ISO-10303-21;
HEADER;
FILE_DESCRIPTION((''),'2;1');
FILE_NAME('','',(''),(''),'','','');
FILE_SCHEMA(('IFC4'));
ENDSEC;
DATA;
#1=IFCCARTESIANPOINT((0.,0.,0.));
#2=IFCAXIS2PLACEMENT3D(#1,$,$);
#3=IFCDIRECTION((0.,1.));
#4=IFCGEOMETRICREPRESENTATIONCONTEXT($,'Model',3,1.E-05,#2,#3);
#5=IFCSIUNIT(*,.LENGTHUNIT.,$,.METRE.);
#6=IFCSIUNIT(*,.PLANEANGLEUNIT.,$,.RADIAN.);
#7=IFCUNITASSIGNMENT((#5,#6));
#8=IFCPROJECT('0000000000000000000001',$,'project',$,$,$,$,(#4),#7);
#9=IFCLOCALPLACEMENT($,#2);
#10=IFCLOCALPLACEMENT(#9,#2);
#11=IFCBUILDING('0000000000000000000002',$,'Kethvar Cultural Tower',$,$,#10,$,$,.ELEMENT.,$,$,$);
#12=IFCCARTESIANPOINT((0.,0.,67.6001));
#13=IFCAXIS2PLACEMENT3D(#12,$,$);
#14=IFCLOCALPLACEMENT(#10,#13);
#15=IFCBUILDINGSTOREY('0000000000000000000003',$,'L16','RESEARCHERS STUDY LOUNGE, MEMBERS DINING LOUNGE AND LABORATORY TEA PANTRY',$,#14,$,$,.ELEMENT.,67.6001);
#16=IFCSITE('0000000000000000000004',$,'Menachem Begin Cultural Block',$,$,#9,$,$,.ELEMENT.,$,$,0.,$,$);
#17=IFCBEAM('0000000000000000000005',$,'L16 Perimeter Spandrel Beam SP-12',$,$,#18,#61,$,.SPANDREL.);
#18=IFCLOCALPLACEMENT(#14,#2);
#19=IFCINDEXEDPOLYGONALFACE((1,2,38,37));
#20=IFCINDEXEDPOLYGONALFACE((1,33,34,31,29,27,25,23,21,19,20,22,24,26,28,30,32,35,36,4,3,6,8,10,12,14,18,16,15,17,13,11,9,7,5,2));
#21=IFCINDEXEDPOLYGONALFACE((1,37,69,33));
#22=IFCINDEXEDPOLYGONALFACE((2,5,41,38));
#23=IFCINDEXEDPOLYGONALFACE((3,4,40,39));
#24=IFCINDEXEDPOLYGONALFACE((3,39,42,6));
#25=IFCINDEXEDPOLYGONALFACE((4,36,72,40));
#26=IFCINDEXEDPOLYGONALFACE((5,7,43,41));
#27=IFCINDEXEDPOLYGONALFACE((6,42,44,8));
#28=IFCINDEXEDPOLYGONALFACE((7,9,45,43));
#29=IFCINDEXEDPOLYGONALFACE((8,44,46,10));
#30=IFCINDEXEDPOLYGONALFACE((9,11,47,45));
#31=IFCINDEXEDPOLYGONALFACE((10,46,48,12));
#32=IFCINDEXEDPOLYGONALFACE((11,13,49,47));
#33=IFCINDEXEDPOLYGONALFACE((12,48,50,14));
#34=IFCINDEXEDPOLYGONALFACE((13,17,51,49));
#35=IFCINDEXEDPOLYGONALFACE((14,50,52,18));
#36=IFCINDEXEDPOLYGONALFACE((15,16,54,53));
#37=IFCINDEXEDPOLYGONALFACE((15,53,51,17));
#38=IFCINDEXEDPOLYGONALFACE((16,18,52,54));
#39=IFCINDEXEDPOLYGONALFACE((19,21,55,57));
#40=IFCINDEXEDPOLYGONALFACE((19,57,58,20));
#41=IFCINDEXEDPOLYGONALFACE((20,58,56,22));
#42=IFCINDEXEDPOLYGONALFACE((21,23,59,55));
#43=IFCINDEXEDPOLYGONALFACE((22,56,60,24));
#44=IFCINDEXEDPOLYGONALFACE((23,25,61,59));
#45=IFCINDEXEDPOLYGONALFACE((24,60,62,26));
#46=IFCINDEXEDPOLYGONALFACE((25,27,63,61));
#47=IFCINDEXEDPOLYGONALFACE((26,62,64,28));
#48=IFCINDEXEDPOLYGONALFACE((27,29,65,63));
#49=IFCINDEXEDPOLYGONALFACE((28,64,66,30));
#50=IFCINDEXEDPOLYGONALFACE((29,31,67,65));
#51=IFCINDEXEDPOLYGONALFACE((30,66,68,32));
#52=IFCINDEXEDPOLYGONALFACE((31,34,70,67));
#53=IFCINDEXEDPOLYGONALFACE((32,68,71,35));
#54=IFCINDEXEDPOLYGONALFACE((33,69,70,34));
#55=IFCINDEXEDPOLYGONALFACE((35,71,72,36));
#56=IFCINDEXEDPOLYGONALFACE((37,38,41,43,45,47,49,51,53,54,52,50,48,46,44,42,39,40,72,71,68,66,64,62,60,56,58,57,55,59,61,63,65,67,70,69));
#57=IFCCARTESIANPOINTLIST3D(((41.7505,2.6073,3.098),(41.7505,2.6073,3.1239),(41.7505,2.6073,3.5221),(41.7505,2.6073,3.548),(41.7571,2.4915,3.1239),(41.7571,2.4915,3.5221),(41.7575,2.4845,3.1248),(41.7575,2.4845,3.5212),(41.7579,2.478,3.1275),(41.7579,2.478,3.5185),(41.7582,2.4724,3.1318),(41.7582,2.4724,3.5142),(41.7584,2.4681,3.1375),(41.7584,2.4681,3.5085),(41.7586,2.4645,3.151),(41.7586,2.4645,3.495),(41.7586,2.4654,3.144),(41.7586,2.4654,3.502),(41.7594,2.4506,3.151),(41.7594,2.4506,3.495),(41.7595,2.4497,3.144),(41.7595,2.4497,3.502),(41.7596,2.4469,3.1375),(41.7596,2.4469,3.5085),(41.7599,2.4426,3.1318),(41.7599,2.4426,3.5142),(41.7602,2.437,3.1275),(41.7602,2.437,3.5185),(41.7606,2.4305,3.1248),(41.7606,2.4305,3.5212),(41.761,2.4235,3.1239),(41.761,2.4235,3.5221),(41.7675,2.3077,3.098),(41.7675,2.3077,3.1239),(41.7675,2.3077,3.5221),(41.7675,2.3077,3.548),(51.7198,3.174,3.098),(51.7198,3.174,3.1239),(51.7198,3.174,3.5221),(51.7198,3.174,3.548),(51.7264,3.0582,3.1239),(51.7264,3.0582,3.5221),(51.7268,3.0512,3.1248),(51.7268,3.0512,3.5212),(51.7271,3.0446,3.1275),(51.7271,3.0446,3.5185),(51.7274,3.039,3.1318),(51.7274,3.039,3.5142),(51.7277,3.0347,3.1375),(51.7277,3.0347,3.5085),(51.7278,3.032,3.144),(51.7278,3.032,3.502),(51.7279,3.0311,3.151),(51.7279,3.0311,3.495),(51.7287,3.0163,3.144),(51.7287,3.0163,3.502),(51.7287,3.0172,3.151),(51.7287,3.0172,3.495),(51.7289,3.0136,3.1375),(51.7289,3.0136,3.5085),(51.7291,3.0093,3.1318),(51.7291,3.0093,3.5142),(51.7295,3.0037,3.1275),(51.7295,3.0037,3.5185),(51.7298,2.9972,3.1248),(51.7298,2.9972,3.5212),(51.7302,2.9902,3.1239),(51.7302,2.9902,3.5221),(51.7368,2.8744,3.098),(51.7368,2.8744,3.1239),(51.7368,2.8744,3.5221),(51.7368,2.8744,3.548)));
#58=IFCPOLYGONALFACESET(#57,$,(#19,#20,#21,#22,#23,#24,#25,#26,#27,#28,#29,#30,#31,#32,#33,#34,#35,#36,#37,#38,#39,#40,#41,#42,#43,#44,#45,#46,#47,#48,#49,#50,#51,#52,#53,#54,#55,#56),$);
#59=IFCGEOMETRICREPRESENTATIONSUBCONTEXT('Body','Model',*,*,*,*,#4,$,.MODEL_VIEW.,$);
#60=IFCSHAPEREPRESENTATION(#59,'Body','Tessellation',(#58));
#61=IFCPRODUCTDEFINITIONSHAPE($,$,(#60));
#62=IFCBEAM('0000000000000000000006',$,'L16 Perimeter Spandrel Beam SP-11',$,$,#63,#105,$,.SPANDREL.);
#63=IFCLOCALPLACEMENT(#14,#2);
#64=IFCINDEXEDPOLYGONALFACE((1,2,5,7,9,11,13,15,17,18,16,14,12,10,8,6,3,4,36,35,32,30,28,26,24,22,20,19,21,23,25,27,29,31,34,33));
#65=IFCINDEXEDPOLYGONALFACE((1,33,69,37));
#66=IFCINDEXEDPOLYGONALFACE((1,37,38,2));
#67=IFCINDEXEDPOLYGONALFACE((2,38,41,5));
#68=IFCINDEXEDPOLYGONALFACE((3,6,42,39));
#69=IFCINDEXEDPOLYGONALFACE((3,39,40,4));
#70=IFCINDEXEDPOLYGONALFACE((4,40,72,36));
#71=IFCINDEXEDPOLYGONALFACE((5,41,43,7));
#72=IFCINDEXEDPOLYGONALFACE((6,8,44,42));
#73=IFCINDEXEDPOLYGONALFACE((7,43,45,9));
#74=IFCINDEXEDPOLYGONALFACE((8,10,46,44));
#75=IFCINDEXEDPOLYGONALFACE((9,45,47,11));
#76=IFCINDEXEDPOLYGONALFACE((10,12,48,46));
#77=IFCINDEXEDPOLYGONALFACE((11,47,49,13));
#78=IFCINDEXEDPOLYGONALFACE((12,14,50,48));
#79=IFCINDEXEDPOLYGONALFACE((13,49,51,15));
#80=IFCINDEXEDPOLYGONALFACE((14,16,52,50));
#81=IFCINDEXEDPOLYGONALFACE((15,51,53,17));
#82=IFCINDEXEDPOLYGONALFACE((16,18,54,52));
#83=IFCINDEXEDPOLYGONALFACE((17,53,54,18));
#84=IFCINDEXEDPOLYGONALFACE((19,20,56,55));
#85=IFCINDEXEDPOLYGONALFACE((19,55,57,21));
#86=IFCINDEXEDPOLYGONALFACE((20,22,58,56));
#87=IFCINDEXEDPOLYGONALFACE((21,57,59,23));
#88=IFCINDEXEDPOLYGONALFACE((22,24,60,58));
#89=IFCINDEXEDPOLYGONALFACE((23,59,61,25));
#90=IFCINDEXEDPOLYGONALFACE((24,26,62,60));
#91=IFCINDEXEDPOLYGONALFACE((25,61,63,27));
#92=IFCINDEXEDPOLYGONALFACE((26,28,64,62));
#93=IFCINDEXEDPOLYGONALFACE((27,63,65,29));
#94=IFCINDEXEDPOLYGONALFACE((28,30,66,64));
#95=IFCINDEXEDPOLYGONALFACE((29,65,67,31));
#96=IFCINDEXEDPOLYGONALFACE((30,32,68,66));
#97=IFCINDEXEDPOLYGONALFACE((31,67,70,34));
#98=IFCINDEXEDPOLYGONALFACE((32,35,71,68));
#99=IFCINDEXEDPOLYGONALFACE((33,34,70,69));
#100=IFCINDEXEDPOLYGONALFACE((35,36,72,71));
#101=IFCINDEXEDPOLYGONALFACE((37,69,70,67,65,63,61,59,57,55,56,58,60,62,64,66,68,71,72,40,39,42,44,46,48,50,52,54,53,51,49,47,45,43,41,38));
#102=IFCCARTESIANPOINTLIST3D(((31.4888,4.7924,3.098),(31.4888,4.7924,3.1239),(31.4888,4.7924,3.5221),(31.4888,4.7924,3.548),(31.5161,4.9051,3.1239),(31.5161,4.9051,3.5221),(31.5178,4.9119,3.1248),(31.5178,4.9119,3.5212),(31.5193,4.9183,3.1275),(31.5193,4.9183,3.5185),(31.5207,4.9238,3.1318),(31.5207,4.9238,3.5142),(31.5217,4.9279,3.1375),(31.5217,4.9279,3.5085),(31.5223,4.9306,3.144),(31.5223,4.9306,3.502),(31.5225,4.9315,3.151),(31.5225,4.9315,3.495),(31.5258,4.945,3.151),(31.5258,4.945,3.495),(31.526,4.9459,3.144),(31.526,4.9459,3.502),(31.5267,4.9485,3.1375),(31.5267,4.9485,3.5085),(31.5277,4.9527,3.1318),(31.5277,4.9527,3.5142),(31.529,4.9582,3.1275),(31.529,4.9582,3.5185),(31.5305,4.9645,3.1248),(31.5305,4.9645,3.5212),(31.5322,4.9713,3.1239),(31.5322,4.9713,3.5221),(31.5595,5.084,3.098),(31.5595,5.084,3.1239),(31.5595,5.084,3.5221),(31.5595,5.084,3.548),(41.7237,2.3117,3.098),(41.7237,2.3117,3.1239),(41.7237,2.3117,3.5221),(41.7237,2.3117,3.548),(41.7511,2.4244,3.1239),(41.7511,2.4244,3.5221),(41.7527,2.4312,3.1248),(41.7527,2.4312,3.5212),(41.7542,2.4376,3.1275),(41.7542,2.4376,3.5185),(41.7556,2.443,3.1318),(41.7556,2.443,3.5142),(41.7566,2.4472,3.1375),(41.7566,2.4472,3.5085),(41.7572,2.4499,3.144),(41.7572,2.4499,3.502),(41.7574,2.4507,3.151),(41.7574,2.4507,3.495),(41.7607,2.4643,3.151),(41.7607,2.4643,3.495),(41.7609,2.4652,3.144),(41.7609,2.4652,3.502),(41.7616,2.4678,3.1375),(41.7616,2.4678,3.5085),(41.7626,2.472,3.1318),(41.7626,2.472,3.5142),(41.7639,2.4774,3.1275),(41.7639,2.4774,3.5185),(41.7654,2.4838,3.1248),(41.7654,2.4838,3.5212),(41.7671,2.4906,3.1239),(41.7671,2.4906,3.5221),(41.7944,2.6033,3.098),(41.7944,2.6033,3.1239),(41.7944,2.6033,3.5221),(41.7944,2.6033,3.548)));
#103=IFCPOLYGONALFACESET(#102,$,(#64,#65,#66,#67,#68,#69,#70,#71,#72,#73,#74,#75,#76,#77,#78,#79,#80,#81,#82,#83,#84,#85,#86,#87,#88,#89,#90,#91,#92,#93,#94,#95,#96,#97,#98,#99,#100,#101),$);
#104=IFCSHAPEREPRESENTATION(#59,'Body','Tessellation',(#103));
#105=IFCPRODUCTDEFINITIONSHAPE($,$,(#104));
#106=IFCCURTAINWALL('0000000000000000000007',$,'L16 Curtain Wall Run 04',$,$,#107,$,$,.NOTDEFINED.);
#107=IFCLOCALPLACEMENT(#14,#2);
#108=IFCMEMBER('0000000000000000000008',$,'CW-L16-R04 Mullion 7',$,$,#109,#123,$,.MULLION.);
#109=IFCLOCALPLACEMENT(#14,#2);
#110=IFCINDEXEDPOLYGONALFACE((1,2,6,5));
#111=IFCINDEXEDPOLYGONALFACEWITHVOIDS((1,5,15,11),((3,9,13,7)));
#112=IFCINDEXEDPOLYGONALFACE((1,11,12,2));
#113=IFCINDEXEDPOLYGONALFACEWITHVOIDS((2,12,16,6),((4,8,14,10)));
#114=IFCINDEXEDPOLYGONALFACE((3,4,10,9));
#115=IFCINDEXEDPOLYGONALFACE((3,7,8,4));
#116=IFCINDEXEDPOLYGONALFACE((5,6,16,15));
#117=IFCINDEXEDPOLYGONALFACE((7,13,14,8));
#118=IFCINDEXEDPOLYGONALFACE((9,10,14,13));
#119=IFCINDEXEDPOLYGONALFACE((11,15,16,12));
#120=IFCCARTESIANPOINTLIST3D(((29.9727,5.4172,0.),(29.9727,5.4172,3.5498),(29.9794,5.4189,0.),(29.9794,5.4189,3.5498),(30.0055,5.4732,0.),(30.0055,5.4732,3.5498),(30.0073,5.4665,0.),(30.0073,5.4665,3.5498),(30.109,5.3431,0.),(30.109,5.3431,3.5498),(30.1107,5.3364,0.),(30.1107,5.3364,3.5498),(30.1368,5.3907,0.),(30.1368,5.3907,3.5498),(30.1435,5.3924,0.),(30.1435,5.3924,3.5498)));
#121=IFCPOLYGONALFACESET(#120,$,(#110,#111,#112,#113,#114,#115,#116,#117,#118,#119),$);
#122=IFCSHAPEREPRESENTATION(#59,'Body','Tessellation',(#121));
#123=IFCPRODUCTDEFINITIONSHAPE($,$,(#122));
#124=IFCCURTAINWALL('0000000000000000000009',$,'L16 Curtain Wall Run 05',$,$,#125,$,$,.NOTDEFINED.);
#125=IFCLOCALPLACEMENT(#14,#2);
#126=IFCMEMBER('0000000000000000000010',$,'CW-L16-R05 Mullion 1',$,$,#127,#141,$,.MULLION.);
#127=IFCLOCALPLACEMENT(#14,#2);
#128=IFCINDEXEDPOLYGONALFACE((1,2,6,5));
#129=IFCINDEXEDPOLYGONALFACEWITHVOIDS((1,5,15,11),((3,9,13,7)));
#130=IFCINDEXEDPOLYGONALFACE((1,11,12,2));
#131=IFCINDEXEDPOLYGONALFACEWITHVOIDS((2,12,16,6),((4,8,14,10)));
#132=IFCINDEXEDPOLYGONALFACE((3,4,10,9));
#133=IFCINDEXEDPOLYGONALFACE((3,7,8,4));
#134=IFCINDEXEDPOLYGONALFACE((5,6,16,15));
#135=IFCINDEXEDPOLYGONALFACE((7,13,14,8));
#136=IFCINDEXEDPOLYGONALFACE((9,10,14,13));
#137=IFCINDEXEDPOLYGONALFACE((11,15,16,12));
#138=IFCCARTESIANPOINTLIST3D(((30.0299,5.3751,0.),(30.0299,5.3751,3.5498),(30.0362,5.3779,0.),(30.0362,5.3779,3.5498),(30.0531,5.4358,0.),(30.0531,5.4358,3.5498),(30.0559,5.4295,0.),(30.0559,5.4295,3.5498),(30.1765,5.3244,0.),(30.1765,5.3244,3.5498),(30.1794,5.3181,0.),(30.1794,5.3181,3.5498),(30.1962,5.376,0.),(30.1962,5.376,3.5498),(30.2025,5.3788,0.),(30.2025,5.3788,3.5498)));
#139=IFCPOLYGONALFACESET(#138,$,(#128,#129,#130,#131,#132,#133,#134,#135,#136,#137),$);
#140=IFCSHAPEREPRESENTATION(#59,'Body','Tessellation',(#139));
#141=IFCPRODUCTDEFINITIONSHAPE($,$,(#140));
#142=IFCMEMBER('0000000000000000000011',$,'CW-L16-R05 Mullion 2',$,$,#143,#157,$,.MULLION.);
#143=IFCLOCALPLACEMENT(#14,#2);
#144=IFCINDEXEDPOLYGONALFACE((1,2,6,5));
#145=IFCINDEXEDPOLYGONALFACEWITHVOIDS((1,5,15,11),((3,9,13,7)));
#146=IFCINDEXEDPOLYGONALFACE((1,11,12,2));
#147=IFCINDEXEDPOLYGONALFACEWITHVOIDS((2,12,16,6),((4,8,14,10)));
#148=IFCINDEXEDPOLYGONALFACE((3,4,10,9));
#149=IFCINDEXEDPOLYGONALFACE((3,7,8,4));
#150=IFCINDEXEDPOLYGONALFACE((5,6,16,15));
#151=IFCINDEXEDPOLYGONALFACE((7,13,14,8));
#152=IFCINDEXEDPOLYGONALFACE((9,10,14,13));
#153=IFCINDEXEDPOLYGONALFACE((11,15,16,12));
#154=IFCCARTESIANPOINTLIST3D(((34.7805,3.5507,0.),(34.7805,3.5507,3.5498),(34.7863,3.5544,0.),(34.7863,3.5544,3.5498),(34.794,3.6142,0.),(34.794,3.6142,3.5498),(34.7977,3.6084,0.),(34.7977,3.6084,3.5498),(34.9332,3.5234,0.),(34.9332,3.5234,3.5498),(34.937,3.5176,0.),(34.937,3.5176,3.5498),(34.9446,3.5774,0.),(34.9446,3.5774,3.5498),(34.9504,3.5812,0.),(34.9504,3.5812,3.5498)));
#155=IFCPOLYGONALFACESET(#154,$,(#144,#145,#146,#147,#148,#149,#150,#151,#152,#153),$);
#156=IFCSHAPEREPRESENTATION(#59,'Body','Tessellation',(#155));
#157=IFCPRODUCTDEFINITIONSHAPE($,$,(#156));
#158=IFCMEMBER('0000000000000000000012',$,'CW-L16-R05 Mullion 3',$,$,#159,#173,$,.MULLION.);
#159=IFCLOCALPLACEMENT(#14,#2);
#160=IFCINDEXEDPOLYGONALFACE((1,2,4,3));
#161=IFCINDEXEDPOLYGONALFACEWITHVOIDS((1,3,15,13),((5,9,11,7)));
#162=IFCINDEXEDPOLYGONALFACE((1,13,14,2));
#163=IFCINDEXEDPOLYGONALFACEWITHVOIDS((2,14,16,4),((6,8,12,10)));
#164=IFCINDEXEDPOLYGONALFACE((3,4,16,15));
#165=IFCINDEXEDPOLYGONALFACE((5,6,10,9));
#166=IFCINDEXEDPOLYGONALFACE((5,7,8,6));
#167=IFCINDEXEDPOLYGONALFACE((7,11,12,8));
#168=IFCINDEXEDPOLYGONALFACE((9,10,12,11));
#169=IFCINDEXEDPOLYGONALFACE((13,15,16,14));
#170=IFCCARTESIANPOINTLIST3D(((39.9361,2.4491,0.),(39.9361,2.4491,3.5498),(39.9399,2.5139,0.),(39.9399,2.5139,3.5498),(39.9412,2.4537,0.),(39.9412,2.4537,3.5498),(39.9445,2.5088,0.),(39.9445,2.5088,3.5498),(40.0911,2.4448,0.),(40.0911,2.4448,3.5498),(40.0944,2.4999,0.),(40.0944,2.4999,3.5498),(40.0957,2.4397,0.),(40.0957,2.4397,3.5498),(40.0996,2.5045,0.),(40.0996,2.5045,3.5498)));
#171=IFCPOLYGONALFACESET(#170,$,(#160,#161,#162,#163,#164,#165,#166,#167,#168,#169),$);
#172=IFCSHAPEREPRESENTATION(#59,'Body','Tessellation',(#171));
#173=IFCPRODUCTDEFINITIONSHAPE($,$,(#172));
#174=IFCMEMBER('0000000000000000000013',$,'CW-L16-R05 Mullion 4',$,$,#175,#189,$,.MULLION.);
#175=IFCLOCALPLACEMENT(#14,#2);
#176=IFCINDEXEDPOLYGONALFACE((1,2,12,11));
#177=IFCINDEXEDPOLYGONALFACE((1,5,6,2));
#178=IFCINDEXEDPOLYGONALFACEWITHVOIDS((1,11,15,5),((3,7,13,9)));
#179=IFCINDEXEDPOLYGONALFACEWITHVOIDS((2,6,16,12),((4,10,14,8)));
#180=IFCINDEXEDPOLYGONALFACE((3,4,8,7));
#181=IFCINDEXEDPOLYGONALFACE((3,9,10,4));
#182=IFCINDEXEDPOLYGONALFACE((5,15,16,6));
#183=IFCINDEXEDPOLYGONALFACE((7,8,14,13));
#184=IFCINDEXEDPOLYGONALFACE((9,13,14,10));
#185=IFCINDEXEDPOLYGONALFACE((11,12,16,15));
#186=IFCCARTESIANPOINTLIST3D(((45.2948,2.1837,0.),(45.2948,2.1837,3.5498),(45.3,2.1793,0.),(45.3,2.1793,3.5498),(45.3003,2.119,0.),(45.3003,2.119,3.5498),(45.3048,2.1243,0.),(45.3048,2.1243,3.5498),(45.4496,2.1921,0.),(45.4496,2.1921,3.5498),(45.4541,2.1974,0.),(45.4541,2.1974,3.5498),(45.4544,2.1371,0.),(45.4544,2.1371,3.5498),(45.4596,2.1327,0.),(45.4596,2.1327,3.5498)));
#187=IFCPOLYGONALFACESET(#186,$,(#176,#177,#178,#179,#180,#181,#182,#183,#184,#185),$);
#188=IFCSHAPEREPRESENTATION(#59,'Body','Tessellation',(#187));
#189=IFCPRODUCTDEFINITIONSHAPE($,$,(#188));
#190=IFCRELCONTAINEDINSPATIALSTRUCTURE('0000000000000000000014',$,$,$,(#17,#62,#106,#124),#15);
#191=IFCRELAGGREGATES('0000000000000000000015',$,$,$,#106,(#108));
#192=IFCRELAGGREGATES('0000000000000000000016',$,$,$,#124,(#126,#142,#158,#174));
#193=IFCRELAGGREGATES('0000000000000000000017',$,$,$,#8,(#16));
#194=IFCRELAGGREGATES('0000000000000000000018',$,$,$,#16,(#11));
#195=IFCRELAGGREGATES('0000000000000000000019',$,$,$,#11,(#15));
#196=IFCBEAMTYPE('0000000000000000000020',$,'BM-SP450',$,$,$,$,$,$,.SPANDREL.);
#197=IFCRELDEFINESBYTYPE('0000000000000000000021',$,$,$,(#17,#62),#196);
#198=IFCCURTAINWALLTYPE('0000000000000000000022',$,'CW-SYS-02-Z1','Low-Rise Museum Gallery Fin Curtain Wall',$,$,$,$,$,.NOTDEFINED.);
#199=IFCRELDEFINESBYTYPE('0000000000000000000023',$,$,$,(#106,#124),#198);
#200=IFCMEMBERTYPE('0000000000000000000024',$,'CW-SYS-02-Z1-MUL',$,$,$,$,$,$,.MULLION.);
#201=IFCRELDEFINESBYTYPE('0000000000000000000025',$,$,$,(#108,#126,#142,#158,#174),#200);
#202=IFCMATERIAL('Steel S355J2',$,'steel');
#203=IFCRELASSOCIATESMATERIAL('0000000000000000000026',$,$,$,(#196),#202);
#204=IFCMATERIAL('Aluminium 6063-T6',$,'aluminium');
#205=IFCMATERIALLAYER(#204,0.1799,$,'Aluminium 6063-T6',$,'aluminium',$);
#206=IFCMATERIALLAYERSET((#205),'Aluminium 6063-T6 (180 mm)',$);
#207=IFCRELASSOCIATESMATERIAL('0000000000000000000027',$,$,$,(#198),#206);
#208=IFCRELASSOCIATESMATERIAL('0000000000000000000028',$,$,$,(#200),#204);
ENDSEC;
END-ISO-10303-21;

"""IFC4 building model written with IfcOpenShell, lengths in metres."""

from ifc_helpers import new_model, si_unit, direction, frame, origin, origin_2d, place, context, subcontext, project, spatial, hollow_rectangle, i_section, extrude, source, transform, mapped, material, layer, layer_set, material_profile, profile_set, type_object, element, aggregate, save


model = new_model("IFC4")

# Units and contexts
model_context = context("Model", 3, precision=1e-05, world=origin(), true_north=direction((0.0, 1.0)))
body_context = subcontext(model_context, "Body", "Model", "MODEL_VIEW")
ifc_project = project(units=[si_unit("LENGTHUNIT", "METRE"), si_unit("PLANEANGLEUNIT", "RADIAN")], contexts=[model_context])

# Site, building, storey
site_placement = place(None, origin())
site = spatial("IfcSite", under=ifc_project, at=site_placement, Name="Menachem Begin Cultural Block", CompositionType="ELEMENT", RefElevation=0.0)
building_placement = place(site_placement, origin())
building = spatial("IfcBuilding", under=site, at=building_placement, Name="Kethvar Cultural Tower", CompositionType="ELEMENT")
storey_placement = place(building_placement, frame((0.0, 0.0, 67.6001)))
storey = spatial("IfcBuildingStorey", under=building, at=storey_placement, Name="L16", Description="RESEARCHERS STUDY LOUNGE, MEMBERS DINING LOUNGE AND LABORATORY TEA PANTRY", CompositionType="ELEMENT", Elevation=67.6001)

# Beams
ifc_material_1 = material(Name="Steel S355J2", Category="steel")
ifc_material_profile_1 = material_profile(ifc_material_1, i_section(OverallWidth=0.3, OverallDepth=0.45, WebThickness=0.0139, FlangeThickness=0.0259, FilletRadius=0.0271, at=origin_2d()), Name="Steel S355J2 — HEB450")
ifc_profile_set_1 = profile_set([ifc_material_profile_1], Name="Steel S355J2 — HEB450")
beam_type_1 = type_object("IfcBeamType", Name="BM-SP450", PredefinedType="SPANDREL", material=ifc_profile_set_1)
shared_shape_1 = source(origin(), body_context, "Body", "SweptSolid", [
    extrude(i_section(OverallWidth=0.3, OverallDepth=0.45, WebThickness=0.0139, FlangeThickness=0.0259, FilletRadius=0.0271, at=origin_2d()), origin(), (0.0, 0.0, 1.0), 9.9854),
])
beam_1_placement = place(storey_placement, frame((41.759, 2.4575, 3.323), z_axis=(0.998389, 0.056748, 0.0), x_axis=(-0.056748, 0.998389, 0.0)))
element("IfcBeam", 1, at=beam_1_placement, inside=storey, type_object=beam_type_1, Name="L16 Perimeter Spandrel Beam SP-12", PredefinedType="SPANDREL", context=body_context, shape_type="MappedRepresentation", body=[
    mapped(shared_shape_1, transform((0.0, 0.0, 0.0), scale=1.0)),
])
shared_shape_2 = source(origin(), body_context, "Body", "SweptSolid", [
    extrude(i_section(OverallWidth=0.3, OverallDepth=0.45, WebThickness=0.0139, FlangeThickness=0.0259, FilletRadius=0.0271, at=origin_2d()), origin(), (0.0, 0.0, 1.0), 10.5312),
])
beam_2_placement = place(storey_placement, frame((31.5242, 4.9382, 3.323), z_axis=(0.97186, -0.235558, 0.0), x_axis=(0.235558, 0.97186, 0.0)))
element("IfcBeam", 2, at=beam_2_placement, inside=storey, type_object=beam_type_1, Name="L16 Perimeter Spandrel Beam SP-11", PredefinedType="SPANDREL", context=body_context, shape_type="MappedRepresentation", body=[
    mapped(shared_shape_2, transform((0.0, 0.0, 0.0), scale=1.0)),
])

# Curtain wall, member
ifc_material_2 = material(Name="Aluminium 6063-T6", Category="aluminium")
ifc_layer_1 = layer(ifc_material_2, 0.1799, Name="Aluminium 6063-T6", Category="aluminium")
ifc_layer_set_1 = layer_set([ifc_layer_1], Name="Aluminium 6063-T6 (180 mm)")
curtain_wall_type = type_object("IfcCurtainWallType", Name="CW-SYS-02-Z1", Description="Low-Rise Museum Gallery Fin Curtain Wall", PredefinedType="NOTDEFINED", material=ifc_layer_set_1)
curtain_wall_1_placement = place(storey_placement, origin())
curtain_wall_1 = element("IfcCurtainWall", 3, at=curtain_wall_1_placement, inside=storey, type_object=curtain_wall_type, Name="L16 Curtain Wall Run 04", PredefinedType="NOTDEFINED")
ifc_material_profile_2 = material_profile(ifc_material_2, hollow_rectangle(XDim=0.0649, YDim=0.1599, WallThickness=0.0049, at=origin_2d()), Name="Aluminium 6063-T6 — RHS160x65x5")
ifc_profile_set_2 = profile_set([ifc_material_profile_2], Name="Aluminium 6063-T6 — RHS160x65x5")
member_type_1 = type_object("IfcMemberType", Name="CW-SYS-02-Z1-MUL", PredefinedType="MULLION", material=ifc_profile_set_2)
shared_shape_3 = source(origin(), body_context, "Body", "SweptSolid", [
    extrude(hollow_rectangle(XDim=0.0649, YDim=0.1599, WallThickness=0.0049, at=origin_2d()), origin(), (0.0, 0.0, 1.0), 3.5498),
])
member_1_placement = place(storey_placement, frame((30.0581, 5.4048, 0.0), z_axis=(0.0, 0.0, 1.0), x_axis=(0.505191, 0.863008, 0.0)))
member_1 = element("IfcMember", 4, at=member_1_placement, type_object=member_type_1, Name="CW-L16-R04 Mullion 7", PredefinedType="MULLION", context=body_context, shape_type="MappedRepresentation", body=[
    mapped(shared_shape_3, transform((0.0, 0.0, 0.0), scale=1.0)),
])
aggregate(curtain_wall_1, [member_1])

# Curtain wall, members
curtain_wall_2_placement = place(storey_placement, origin())
curtain_wall_2 = element("IfcCurtainWall", 5, at=curtain_wall_2_placement, inside=storey, type_object=curtain_wall_type, Name="L16 Curtain Wall Run 05", PredefinedType="NOTDEFINED")
member_2_placement = place(storey_placement, frame((30.1162, 5.377, 0.0), z_axis=(0.0, 0.0, 1.0), x_axis=(0.35602, 0.934478, 0.0)))
member_2 = element("IfcMember", 6, at=member_2_placement, type_object=member_type_1, Name="CW-L16-R05 Mullion 1", PredefinedType="MULLION", context=body_context, shape_type="MappedRepresentation", body=[
    mapped(shared_shape_3, transform((0.0, 0.0, 0.0), scale=1.0)),
])
member_3_placement = place(storey_placement, frame((34.8655, 3.5659, 0.0), z_axis=(0.0, 0.0, 1.0), x_axis=(0.206563, 0.978433, 0.0)))
member_3 = element("IfcMember", 7, at=member_3_placement, type_object=member_type_1, Name="CW-L16-R05 Mullion 2", PredefinedType="MULLION", context=body_context, shape_type="MappedRepresentation", body=[
    mapped(shared_shape_3, transform((0.0, 0.0, 0.0), scale=1.0)),
])
member_4_placement = place(storey_placement, frame((40.0178, 2.4768, 0.0), z_axis=(0.0, 0.0, 1.0), x_axis=(0.059097, 0.998252, 0.0)))
member_4 = element("IfcMember", 8, at=member_4_placement, type_object=member_type_1, Name="CW-L16-R05 Mullion 3", PredefinedType="MULLION", context=body_context, shape_type="MappedRepresentation", body=[
    mapped(shared_shape_3, transform((0.0, 0.0, 0.0), scale=1.0)),
])
member_5_placement = place(storey_placement, frame((45.3772, 2.1582, 0.0), z_axis=(0.0, 0.0, 1.0), x_axis=(-0.085365, 0.99635, 0.0)))
member_5 = element("IfcMember", 9, at=member_5_placement, type_object=member_type_1, Name="CW-L16-R05 Mullion 4", PredefinedType="MULLION", context=body_context, shape_type="MappedRepresentation", body=[
    mapped(shared_shape_3, transform((0.0, 0.0, 0.0), scale=1.0)),
])
aggregate(curtain_wall_2, [member_2, member_3, member_4, member_5])

save(model, "model.ifc")
